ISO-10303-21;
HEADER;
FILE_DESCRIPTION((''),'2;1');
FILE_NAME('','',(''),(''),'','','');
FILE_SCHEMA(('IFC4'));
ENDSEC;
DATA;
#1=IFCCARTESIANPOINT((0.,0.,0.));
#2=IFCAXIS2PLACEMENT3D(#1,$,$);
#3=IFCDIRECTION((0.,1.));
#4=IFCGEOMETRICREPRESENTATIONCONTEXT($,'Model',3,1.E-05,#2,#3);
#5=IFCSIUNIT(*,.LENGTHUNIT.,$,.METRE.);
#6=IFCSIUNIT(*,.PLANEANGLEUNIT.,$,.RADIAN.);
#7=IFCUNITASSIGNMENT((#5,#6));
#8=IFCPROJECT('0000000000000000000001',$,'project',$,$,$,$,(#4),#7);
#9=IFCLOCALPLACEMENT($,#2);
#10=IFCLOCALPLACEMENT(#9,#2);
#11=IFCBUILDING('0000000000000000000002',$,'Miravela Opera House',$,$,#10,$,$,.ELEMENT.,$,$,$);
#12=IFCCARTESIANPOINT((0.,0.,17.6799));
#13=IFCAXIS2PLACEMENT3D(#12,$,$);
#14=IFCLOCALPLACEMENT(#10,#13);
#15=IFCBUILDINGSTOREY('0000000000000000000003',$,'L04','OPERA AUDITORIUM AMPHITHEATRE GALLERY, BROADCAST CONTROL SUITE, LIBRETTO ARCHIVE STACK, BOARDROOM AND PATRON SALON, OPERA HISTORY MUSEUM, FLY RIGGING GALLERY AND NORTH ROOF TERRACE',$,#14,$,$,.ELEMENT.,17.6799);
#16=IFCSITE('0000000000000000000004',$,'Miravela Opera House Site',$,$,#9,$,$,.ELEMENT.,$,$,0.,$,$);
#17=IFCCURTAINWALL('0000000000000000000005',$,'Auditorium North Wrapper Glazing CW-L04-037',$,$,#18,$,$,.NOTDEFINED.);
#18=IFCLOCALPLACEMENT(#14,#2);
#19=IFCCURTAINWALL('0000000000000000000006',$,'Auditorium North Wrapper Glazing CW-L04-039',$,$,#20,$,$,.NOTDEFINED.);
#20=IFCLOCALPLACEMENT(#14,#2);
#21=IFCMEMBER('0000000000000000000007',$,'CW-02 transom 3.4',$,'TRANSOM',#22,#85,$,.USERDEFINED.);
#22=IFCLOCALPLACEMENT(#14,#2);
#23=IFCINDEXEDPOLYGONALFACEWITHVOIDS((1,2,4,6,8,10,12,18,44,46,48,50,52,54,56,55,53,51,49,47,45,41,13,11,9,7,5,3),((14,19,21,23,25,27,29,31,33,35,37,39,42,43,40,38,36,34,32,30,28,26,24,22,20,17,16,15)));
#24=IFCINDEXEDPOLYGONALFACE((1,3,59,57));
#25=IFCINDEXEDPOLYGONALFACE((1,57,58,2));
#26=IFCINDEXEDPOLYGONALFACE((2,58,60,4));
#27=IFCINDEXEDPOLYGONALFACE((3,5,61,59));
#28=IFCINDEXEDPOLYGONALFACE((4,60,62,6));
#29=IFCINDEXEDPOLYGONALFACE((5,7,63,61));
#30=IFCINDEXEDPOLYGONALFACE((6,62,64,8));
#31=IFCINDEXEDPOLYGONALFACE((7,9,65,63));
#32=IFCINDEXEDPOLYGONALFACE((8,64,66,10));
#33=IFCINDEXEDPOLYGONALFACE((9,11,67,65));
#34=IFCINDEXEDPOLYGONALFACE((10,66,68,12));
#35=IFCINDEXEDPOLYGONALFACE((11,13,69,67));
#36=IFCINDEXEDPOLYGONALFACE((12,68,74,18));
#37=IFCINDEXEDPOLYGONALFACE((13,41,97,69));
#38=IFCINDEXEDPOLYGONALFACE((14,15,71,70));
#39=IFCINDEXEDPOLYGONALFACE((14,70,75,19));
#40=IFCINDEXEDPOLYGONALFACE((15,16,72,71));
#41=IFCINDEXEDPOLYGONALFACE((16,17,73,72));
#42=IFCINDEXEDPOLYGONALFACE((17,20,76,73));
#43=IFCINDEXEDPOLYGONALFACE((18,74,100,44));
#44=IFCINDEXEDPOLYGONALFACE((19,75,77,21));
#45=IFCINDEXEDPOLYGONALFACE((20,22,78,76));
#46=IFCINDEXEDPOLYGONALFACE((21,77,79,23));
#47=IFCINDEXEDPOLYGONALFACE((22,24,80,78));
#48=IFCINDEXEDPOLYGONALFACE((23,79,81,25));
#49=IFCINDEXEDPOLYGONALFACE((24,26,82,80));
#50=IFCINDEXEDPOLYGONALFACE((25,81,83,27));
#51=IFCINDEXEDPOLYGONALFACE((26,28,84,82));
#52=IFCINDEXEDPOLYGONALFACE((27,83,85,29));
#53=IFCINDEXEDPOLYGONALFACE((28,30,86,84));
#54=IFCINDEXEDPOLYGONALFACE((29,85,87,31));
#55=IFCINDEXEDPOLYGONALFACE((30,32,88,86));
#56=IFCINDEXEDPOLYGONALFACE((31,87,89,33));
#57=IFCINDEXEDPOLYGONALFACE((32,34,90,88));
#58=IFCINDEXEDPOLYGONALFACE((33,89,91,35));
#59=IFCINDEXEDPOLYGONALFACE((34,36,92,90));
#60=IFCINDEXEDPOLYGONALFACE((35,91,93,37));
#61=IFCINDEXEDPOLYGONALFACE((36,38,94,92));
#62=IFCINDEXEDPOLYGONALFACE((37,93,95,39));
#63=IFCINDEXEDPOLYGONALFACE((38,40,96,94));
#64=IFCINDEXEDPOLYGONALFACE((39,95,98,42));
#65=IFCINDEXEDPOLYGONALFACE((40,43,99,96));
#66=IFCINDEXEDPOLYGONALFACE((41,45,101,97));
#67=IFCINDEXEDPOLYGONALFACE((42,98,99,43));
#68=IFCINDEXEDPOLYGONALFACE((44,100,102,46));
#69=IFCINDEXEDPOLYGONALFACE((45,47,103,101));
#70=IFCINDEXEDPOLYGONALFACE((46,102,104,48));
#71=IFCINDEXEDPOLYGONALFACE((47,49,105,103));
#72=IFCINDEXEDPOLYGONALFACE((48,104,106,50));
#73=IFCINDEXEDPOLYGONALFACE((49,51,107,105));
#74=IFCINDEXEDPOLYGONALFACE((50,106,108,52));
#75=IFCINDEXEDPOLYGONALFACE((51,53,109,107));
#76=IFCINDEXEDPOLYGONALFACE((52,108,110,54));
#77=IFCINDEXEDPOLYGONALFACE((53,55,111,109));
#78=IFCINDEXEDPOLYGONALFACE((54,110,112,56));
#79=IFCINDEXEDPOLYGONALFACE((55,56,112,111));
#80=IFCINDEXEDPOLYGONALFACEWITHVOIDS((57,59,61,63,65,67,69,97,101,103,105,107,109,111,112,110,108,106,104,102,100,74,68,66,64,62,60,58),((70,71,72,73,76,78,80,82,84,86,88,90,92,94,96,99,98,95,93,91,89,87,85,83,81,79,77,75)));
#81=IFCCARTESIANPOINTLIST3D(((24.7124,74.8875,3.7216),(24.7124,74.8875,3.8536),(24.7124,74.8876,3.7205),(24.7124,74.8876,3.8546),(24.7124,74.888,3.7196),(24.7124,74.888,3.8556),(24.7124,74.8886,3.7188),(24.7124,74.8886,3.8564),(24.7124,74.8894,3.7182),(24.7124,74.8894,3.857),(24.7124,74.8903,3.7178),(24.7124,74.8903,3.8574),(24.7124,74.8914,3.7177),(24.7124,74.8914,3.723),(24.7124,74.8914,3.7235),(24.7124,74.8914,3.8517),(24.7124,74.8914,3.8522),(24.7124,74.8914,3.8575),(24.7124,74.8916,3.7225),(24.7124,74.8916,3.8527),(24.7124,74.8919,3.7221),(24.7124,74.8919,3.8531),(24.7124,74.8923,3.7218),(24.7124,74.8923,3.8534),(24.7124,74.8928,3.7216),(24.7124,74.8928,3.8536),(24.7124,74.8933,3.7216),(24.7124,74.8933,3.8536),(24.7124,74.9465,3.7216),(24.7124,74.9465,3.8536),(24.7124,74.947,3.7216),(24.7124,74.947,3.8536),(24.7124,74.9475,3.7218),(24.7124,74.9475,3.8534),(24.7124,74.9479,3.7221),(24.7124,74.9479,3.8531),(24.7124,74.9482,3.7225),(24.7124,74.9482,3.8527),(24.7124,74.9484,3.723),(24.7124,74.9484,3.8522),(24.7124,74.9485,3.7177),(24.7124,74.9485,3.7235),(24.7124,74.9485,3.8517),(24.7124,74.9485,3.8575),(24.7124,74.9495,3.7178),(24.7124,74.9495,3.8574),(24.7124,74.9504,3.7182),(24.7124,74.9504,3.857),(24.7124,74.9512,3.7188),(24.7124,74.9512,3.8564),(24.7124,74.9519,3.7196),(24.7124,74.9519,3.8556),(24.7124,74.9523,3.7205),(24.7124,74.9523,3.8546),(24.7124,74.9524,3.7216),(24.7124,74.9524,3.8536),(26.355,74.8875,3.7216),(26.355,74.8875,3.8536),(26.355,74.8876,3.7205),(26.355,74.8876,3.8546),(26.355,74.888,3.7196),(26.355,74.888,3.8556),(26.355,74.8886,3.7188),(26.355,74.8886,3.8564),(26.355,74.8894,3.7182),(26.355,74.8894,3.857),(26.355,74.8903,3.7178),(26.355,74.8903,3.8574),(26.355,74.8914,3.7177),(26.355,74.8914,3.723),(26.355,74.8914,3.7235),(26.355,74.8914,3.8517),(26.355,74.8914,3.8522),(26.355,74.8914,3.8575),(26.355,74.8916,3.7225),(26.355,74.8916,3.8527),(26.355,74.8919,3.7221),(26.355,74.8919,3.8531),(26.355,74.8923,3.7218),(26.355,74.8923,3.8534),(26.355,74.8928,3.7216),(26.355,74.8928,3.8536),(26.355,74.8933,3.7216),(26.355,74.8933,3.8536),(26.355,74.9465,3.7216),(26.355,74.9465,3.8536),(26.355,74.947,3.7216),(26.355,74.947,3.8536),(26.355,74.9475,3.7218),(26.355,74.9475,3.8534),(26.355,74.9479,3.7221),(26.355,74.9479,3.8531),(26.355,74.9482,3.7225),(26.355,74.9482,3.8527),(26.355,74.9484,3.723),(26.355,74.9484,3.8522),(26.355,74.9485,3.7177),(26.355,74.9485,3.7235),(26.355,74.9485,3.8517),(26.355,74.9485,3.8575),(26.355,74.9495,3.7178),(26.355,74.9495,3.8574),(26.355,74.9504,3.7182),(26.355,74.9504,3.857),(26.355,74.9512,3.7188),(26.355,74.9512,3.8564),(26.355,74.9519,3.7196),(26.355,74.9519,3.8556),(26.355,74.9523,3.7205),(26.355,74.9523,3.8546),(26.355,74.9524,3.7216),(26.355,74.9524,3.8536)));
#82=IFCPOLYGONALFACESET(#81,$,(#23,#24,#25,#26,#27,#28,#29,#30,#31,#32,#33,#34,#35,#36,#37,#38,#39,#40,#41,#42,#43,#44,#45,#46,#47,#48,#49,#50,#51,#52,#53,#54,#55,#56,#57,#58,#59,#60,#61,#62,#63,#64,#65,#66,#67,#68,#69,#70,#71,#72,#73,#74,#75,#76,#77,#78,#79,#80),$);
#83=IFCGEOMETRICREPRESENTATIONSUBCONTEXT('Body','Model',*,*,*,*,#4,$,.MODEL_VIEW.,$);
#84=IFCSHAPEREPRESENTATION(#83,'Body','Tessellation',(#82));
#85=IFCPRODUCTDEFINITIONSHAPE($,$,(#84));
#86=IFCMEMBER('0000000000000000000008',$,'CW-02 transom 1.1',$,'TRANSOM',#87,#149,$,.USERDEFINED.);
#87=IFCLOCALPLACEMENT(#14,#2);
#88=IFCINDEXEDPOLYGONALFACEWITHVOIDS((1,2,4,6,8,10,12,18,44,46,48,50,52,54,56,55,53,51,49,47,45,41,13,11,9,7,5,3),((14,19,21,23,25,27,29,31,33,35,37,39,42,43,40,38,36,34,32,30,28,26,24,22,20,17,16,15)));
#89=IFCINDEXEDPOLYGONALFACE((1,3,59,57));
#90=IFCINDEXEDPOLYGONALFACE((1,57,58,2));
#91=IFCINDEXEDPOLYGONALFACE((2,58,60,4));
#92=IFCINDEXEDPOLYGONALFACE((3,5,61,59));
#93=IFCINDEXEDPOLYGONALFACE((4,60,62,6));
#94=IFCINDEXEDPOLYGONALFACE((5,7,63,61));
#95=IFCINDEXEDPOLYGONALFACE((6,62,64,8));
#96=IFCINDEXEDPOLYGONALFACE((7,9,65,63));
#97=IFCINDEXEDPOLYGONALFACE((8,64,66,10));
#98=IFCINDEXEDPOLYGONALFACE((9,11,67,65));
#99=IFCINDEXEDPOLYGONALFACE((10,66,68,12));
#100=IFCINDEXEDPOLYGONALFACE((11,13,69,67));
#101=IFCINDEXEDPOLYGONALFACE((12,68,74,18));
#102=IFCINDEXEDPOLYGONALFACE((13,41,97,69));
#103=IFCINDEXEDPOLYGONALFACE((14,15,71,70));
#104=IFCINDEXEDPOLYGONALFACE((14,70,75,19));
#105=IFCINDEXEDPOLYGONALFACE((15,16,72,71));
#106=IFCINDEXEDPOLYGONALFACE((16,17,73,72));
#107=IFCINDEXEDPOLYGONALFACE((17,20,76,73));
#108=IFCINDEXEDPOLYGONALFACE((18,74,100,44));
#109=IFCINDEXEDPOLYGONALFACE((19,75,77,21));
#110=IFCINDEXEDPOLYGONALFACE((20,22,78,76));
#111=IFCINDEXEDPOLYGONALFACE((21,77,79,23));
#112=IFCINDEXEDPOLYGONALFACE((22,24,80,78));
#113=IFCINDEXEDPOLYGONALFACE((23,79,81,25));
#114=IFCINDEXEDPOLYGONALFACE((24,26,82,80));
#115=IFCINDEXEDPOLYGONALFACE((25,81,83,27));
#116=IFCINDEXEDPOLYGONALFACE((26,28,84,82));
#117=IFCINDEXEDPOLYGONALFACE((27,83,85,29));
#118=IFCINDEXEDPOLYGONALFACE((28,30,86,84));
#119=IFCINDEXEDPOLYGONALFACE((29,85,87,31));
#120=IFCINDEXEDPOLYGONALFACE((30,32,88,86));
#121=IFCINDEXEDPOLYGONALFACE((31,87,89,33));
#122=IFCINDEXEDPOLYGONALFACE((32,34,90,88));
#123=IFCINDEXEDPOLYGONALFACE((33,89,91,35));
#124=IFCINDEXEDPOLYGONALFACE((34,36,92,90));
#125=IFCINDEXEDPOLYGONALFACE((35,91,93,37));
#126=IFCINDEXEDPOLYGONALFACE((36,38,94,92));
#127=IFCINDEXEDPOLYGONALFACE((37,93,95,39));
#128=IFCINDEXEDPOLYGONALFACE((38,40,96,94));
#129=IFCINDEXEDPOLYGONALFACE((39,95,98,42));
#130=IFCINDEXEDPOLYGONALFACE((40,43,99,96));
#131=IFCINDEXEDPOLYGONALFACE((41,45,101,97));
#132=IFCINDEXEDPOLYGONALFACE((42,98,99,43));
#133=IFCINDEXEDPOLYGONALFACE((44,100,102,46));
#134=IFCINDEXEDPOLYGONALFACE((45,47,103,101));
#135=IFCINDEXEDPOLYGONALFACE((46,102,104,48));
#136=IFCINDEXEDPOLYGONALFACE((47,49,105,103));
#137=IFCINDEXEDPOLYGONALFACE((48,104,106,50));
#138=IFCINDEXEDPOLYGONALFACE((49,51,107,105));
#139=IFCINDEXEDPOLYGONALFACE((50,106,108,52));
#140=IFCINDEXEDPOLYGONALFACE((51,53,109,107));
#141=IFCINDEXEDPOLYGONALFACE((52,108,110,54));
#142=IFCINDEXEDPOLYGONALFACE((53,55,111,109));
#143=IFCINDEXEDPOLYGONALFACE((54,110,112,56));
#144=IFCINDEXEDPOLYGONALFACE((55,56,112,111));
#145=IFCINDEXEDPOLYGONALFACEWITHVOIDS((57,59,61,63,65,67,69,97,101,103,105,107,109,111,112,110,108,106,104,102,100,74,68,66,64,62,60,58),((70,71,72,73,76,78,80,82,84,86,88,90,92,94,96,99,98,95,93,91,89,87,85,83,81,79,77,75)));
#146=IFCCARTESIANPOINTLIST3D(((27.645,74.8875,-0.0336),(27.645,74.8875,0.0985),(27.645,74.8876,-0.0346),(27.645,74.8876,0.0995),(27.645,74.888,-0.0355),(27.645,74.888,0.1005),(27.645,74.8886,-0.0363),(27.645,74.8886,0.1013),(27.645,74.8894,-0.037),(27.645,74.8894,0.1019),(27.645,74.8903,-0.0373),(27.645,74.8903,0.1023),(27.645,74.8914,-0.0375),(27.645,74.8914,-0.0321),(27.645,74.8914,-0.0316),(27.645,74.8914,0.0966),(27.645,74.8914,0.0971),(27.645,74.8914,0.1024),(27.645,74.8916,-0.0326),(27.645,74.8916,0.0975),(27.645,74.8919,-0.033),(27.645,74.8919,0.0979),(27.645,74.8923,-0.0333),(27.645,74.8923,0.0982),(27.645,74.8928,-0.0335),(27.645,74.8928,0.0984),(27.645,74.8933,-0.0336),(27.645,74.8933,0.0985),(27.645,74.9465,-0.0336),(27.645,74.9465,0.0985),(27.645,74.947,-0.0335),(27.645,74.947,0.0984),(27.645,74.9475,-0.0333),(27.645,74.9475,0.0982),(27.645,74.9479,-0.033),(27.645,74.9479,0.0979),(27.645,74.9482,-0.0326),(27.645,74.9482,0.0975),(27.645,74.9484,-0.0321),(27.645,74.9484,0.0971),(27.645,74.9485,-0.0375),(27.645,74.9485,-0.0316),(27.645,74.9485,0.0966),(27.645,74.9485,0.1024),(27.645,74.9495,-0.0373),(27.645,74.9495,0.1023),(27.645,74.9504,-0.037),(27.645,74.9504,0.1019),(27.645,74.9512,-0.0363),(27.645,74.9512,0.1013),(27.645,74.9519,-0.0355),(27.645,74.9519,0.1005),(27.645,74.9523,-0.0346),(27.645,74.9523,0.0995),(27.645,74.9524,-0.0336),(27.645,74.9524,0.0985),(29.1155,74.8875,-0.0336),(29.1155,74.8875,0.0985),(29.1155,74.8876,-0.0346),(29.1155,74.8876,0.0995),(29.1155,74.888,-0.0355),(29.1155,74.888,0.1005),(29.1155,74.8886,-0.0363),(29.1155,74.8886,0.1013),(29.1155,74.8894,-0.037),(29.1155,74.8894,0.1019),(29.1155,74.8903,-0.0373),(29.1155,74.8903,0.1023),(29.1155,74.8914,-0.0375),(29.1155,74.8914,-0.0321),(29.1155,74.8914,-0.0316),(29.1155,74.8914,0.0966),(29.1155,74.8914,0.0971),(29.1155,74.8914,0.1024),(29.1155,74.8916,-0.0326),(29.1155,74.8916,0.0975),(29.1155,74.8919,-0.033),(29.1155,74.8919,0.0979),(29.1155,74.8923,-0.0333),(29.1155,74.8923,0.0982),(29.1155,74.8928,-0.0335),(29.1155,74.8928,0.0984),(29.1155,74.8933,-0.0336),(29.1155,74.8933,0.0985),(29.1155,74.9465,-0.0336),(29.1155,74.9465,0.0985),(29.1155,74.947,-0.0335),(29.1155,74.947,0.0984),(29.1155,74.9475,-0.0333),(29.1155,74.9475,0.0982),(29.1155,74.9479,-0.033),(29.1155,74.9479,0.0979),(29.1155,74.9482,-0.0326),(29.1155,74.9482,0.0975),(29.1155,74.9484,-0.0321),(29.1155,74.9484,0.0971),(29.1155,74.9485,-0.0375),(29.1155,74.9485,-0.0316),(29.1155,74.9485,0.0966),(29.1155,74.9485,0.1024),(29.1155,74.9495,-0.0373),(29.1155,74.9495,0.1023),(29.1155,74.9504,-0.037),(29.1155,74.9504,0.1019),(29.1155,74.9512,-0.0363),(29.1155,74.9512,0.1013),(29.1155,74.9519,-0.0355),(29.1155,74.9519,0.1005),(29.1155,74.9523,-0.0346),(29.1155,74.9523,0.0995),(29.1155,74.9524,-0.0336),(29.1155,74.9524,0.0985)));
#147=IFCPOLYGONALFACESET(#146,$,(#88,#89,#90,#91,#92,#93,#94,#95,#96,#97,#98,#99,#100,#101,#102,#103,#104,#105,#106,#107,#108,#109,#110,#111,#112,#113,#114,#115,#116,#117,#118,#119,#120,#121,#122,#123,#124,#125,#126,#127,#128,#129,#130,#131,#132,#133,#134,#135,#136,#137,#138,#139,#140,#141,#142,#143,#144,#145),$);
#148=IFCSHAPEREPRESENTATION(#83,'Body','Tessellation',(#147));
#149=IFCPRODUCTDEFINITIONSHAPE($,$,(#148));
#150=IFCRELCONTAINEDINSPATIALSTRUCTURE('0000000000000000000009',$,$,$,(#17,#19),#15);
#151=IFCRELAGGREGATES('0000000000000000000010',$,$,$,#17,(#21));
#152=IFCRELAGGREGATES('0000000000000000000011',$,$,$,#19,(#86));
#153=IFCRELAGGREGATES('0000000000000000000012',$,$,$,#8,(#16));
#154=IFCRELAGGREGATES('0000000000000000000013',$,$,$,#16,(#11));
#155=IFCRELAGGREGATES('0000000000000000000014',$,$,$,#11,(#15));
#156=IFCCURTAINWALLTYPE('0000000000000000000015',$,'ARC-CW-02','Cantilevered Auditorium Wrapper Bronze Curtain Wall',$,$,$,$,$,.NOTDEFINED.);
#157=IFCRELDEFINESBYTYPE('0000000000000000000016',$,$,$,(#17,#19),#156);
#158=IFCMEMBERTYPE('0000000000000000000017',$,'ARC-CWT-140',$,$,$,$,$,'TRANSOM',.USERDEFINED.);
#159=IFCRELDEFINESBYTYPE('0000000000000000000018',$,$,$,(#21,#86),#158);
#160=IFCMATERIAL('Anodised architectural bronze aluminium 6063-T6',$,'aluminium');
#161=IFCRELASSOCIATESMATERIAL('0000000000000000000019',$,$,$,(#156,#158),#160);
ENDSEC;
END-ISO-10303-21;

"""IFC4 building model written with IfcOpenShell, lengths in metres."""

from ifc_helpers import new_model, si_unit, direction, frame, origin, origin_2d, place, context, subcontext, project, spatial, hollow_rectangle, extrude, material, material_profile, profile_set, type_object, element, aggregate, save


model = new_model("IFC4")

# Units and contexts
model_context = context("Model", 3, precision=1e-05, world=origin(), true_north=direction((0.0, 1.0)))
body_context = subcontext(model_context, "Body", "Model", "MODEL_VIEW")
ifc_project = project(units=[si_unit("LENGTHUNIT", "METRE"), si_unit("PLANEANGLEUNIT", "RADIAN")], contexts=[model_context])

# Site, building, storey
site_placement = place(None, origin())
site = spatial("IfcSite", under=ifc_project, at=site_placement, Name="Miravela Opera House Site", CompositionType="ELEMENT", RefElevation=0.0)
building_placement = place(site_placement, origin())
building = spatial("IfcBuilding", under=site, at=building_placement, Name="Miravela Opera House", CompositionType="ELEMENT")
storey_placement = place(building_placement, frame((0.0, 0.0, 17.6799)))
storey = spatial("IfcBuildingStorey", under=building, at=storey_placement, Name="L04", Description="OPERA AUDITORIUM AMPHITHEATRE GALLERY, BROADCAST CONTROL SUITE, LIBRETTO ARCHIVE STACK, BOARDROOM AND PATRON SALON, OPERA HISTORY MUSEUM, FLY RIGGING GALLERY AND NORTH ROOF TERRACE", CompositionType="ELEMENT", Elevation=17.6799)

# Curtain wall
ifc_material_1 = material(Name="Anodised architectural bronze aluminium 6063-T6", Category="aluminium")
curtain_wall_type = type_object("IfcCurtainWallType", Name="ARC-CW-02", Description="Cantilevered Auditorium Wrapper Bronze Curtain Wall", PredefinedType="NOTDEFINED", material=ifc_material_1)
curtain_wall_1_placement = place(storey_placement, origin())
curtain_wall_1 = element("IfcCurtainWall", 1, at=curtain_wall_1_placement, inside=storey, type_object=curtain_wall_type, Name="Auditorium North Wrapper Glazing CW-L04-037", PredefinedType="NOTDEFINED")

# Curtain wall
curtain_wall_2_placement = place(storey_placement, origin())
curtain_wall_2 = element("IfcCurtainWall", 2, at=curtain_wall_2_placement, inside=storey, type_object=curtain_wall_type, Name="Auditorium North Wrapper Glazing CW-L04-039", PredefinedType="NOTDEFINED")

# Members
ifc_material_profile_1 = material_profile(ifc_material_1, hollow_rectangle(XDim=0.0649, YDim=0.1399, WallThickness=0.0039, InnerFilletRadius=0.002, OuterFilletRadius=0.0039, at=origin_2d()), Name="CWT-65X140")
ifc_profile_set_1 = profile_set([ifc_material_profile_1])
member_type_1 = type_object("IfcMemberType", Name="ARC-CWT-140", ElementType="TRANSOM", PredefinedType="USERDEFINED", material=ifc_profile_set_1)
member_1_placement = place(storey_placement, frame((24.7124, 74.9199, 3.7876), z_axis=(1.0, 0.0, 0.0), x_axis=(0.0, 1.0, 0.0)))
member_1 = element("IfcMember", 3, at=member_1_placement, type_object=member_type_1, Name="CW-02 transom 3.4", ObjectType="TRANSOM", PredefinedType="USERDEFINED", context=body_context, shape_type="SweptSolid", body=[
    extrude(hollow_rectangle(XDim=0.0649, YDim=0.1399, WallThickness=0.0039, InnerFilletRadius=0.002, OuterFilletRadius=0.0039, at=origin_2d()), origin(), (0.0, 0.0, 1.0), 1.6426),
])
member_2_placement = place(storey_placement, frame((27.645, 74.9199, 0.0325), z_axis=(1.0, 0.0, 0.0), x_axis=(0.0, 1.0, 0.0)))
member_2 = element("IfcMember", 4, at=member_2_placement, type_object=member_type_1, Name="CW-02 transom 1.1", ObjectType="TRANSOM", PredefinedType="USERDEFINED", context=body_context, shape_type="SweptSolid", body=[
    extrude(hollow_rectangle(XDim=0.0649, YDim=0.1399, WallThickness=0.0039, InnerFilletRadius=0.002, OuterFilletRadius=0.0039, at=origin_2d()), origin(), (0.0, 0.0, 1.0), 1.4705),
])

aggregate(curtain_wall_1, [member_1])
aggregate(curtain_wall_2, [member_2])

save(model, "model.ifc")
